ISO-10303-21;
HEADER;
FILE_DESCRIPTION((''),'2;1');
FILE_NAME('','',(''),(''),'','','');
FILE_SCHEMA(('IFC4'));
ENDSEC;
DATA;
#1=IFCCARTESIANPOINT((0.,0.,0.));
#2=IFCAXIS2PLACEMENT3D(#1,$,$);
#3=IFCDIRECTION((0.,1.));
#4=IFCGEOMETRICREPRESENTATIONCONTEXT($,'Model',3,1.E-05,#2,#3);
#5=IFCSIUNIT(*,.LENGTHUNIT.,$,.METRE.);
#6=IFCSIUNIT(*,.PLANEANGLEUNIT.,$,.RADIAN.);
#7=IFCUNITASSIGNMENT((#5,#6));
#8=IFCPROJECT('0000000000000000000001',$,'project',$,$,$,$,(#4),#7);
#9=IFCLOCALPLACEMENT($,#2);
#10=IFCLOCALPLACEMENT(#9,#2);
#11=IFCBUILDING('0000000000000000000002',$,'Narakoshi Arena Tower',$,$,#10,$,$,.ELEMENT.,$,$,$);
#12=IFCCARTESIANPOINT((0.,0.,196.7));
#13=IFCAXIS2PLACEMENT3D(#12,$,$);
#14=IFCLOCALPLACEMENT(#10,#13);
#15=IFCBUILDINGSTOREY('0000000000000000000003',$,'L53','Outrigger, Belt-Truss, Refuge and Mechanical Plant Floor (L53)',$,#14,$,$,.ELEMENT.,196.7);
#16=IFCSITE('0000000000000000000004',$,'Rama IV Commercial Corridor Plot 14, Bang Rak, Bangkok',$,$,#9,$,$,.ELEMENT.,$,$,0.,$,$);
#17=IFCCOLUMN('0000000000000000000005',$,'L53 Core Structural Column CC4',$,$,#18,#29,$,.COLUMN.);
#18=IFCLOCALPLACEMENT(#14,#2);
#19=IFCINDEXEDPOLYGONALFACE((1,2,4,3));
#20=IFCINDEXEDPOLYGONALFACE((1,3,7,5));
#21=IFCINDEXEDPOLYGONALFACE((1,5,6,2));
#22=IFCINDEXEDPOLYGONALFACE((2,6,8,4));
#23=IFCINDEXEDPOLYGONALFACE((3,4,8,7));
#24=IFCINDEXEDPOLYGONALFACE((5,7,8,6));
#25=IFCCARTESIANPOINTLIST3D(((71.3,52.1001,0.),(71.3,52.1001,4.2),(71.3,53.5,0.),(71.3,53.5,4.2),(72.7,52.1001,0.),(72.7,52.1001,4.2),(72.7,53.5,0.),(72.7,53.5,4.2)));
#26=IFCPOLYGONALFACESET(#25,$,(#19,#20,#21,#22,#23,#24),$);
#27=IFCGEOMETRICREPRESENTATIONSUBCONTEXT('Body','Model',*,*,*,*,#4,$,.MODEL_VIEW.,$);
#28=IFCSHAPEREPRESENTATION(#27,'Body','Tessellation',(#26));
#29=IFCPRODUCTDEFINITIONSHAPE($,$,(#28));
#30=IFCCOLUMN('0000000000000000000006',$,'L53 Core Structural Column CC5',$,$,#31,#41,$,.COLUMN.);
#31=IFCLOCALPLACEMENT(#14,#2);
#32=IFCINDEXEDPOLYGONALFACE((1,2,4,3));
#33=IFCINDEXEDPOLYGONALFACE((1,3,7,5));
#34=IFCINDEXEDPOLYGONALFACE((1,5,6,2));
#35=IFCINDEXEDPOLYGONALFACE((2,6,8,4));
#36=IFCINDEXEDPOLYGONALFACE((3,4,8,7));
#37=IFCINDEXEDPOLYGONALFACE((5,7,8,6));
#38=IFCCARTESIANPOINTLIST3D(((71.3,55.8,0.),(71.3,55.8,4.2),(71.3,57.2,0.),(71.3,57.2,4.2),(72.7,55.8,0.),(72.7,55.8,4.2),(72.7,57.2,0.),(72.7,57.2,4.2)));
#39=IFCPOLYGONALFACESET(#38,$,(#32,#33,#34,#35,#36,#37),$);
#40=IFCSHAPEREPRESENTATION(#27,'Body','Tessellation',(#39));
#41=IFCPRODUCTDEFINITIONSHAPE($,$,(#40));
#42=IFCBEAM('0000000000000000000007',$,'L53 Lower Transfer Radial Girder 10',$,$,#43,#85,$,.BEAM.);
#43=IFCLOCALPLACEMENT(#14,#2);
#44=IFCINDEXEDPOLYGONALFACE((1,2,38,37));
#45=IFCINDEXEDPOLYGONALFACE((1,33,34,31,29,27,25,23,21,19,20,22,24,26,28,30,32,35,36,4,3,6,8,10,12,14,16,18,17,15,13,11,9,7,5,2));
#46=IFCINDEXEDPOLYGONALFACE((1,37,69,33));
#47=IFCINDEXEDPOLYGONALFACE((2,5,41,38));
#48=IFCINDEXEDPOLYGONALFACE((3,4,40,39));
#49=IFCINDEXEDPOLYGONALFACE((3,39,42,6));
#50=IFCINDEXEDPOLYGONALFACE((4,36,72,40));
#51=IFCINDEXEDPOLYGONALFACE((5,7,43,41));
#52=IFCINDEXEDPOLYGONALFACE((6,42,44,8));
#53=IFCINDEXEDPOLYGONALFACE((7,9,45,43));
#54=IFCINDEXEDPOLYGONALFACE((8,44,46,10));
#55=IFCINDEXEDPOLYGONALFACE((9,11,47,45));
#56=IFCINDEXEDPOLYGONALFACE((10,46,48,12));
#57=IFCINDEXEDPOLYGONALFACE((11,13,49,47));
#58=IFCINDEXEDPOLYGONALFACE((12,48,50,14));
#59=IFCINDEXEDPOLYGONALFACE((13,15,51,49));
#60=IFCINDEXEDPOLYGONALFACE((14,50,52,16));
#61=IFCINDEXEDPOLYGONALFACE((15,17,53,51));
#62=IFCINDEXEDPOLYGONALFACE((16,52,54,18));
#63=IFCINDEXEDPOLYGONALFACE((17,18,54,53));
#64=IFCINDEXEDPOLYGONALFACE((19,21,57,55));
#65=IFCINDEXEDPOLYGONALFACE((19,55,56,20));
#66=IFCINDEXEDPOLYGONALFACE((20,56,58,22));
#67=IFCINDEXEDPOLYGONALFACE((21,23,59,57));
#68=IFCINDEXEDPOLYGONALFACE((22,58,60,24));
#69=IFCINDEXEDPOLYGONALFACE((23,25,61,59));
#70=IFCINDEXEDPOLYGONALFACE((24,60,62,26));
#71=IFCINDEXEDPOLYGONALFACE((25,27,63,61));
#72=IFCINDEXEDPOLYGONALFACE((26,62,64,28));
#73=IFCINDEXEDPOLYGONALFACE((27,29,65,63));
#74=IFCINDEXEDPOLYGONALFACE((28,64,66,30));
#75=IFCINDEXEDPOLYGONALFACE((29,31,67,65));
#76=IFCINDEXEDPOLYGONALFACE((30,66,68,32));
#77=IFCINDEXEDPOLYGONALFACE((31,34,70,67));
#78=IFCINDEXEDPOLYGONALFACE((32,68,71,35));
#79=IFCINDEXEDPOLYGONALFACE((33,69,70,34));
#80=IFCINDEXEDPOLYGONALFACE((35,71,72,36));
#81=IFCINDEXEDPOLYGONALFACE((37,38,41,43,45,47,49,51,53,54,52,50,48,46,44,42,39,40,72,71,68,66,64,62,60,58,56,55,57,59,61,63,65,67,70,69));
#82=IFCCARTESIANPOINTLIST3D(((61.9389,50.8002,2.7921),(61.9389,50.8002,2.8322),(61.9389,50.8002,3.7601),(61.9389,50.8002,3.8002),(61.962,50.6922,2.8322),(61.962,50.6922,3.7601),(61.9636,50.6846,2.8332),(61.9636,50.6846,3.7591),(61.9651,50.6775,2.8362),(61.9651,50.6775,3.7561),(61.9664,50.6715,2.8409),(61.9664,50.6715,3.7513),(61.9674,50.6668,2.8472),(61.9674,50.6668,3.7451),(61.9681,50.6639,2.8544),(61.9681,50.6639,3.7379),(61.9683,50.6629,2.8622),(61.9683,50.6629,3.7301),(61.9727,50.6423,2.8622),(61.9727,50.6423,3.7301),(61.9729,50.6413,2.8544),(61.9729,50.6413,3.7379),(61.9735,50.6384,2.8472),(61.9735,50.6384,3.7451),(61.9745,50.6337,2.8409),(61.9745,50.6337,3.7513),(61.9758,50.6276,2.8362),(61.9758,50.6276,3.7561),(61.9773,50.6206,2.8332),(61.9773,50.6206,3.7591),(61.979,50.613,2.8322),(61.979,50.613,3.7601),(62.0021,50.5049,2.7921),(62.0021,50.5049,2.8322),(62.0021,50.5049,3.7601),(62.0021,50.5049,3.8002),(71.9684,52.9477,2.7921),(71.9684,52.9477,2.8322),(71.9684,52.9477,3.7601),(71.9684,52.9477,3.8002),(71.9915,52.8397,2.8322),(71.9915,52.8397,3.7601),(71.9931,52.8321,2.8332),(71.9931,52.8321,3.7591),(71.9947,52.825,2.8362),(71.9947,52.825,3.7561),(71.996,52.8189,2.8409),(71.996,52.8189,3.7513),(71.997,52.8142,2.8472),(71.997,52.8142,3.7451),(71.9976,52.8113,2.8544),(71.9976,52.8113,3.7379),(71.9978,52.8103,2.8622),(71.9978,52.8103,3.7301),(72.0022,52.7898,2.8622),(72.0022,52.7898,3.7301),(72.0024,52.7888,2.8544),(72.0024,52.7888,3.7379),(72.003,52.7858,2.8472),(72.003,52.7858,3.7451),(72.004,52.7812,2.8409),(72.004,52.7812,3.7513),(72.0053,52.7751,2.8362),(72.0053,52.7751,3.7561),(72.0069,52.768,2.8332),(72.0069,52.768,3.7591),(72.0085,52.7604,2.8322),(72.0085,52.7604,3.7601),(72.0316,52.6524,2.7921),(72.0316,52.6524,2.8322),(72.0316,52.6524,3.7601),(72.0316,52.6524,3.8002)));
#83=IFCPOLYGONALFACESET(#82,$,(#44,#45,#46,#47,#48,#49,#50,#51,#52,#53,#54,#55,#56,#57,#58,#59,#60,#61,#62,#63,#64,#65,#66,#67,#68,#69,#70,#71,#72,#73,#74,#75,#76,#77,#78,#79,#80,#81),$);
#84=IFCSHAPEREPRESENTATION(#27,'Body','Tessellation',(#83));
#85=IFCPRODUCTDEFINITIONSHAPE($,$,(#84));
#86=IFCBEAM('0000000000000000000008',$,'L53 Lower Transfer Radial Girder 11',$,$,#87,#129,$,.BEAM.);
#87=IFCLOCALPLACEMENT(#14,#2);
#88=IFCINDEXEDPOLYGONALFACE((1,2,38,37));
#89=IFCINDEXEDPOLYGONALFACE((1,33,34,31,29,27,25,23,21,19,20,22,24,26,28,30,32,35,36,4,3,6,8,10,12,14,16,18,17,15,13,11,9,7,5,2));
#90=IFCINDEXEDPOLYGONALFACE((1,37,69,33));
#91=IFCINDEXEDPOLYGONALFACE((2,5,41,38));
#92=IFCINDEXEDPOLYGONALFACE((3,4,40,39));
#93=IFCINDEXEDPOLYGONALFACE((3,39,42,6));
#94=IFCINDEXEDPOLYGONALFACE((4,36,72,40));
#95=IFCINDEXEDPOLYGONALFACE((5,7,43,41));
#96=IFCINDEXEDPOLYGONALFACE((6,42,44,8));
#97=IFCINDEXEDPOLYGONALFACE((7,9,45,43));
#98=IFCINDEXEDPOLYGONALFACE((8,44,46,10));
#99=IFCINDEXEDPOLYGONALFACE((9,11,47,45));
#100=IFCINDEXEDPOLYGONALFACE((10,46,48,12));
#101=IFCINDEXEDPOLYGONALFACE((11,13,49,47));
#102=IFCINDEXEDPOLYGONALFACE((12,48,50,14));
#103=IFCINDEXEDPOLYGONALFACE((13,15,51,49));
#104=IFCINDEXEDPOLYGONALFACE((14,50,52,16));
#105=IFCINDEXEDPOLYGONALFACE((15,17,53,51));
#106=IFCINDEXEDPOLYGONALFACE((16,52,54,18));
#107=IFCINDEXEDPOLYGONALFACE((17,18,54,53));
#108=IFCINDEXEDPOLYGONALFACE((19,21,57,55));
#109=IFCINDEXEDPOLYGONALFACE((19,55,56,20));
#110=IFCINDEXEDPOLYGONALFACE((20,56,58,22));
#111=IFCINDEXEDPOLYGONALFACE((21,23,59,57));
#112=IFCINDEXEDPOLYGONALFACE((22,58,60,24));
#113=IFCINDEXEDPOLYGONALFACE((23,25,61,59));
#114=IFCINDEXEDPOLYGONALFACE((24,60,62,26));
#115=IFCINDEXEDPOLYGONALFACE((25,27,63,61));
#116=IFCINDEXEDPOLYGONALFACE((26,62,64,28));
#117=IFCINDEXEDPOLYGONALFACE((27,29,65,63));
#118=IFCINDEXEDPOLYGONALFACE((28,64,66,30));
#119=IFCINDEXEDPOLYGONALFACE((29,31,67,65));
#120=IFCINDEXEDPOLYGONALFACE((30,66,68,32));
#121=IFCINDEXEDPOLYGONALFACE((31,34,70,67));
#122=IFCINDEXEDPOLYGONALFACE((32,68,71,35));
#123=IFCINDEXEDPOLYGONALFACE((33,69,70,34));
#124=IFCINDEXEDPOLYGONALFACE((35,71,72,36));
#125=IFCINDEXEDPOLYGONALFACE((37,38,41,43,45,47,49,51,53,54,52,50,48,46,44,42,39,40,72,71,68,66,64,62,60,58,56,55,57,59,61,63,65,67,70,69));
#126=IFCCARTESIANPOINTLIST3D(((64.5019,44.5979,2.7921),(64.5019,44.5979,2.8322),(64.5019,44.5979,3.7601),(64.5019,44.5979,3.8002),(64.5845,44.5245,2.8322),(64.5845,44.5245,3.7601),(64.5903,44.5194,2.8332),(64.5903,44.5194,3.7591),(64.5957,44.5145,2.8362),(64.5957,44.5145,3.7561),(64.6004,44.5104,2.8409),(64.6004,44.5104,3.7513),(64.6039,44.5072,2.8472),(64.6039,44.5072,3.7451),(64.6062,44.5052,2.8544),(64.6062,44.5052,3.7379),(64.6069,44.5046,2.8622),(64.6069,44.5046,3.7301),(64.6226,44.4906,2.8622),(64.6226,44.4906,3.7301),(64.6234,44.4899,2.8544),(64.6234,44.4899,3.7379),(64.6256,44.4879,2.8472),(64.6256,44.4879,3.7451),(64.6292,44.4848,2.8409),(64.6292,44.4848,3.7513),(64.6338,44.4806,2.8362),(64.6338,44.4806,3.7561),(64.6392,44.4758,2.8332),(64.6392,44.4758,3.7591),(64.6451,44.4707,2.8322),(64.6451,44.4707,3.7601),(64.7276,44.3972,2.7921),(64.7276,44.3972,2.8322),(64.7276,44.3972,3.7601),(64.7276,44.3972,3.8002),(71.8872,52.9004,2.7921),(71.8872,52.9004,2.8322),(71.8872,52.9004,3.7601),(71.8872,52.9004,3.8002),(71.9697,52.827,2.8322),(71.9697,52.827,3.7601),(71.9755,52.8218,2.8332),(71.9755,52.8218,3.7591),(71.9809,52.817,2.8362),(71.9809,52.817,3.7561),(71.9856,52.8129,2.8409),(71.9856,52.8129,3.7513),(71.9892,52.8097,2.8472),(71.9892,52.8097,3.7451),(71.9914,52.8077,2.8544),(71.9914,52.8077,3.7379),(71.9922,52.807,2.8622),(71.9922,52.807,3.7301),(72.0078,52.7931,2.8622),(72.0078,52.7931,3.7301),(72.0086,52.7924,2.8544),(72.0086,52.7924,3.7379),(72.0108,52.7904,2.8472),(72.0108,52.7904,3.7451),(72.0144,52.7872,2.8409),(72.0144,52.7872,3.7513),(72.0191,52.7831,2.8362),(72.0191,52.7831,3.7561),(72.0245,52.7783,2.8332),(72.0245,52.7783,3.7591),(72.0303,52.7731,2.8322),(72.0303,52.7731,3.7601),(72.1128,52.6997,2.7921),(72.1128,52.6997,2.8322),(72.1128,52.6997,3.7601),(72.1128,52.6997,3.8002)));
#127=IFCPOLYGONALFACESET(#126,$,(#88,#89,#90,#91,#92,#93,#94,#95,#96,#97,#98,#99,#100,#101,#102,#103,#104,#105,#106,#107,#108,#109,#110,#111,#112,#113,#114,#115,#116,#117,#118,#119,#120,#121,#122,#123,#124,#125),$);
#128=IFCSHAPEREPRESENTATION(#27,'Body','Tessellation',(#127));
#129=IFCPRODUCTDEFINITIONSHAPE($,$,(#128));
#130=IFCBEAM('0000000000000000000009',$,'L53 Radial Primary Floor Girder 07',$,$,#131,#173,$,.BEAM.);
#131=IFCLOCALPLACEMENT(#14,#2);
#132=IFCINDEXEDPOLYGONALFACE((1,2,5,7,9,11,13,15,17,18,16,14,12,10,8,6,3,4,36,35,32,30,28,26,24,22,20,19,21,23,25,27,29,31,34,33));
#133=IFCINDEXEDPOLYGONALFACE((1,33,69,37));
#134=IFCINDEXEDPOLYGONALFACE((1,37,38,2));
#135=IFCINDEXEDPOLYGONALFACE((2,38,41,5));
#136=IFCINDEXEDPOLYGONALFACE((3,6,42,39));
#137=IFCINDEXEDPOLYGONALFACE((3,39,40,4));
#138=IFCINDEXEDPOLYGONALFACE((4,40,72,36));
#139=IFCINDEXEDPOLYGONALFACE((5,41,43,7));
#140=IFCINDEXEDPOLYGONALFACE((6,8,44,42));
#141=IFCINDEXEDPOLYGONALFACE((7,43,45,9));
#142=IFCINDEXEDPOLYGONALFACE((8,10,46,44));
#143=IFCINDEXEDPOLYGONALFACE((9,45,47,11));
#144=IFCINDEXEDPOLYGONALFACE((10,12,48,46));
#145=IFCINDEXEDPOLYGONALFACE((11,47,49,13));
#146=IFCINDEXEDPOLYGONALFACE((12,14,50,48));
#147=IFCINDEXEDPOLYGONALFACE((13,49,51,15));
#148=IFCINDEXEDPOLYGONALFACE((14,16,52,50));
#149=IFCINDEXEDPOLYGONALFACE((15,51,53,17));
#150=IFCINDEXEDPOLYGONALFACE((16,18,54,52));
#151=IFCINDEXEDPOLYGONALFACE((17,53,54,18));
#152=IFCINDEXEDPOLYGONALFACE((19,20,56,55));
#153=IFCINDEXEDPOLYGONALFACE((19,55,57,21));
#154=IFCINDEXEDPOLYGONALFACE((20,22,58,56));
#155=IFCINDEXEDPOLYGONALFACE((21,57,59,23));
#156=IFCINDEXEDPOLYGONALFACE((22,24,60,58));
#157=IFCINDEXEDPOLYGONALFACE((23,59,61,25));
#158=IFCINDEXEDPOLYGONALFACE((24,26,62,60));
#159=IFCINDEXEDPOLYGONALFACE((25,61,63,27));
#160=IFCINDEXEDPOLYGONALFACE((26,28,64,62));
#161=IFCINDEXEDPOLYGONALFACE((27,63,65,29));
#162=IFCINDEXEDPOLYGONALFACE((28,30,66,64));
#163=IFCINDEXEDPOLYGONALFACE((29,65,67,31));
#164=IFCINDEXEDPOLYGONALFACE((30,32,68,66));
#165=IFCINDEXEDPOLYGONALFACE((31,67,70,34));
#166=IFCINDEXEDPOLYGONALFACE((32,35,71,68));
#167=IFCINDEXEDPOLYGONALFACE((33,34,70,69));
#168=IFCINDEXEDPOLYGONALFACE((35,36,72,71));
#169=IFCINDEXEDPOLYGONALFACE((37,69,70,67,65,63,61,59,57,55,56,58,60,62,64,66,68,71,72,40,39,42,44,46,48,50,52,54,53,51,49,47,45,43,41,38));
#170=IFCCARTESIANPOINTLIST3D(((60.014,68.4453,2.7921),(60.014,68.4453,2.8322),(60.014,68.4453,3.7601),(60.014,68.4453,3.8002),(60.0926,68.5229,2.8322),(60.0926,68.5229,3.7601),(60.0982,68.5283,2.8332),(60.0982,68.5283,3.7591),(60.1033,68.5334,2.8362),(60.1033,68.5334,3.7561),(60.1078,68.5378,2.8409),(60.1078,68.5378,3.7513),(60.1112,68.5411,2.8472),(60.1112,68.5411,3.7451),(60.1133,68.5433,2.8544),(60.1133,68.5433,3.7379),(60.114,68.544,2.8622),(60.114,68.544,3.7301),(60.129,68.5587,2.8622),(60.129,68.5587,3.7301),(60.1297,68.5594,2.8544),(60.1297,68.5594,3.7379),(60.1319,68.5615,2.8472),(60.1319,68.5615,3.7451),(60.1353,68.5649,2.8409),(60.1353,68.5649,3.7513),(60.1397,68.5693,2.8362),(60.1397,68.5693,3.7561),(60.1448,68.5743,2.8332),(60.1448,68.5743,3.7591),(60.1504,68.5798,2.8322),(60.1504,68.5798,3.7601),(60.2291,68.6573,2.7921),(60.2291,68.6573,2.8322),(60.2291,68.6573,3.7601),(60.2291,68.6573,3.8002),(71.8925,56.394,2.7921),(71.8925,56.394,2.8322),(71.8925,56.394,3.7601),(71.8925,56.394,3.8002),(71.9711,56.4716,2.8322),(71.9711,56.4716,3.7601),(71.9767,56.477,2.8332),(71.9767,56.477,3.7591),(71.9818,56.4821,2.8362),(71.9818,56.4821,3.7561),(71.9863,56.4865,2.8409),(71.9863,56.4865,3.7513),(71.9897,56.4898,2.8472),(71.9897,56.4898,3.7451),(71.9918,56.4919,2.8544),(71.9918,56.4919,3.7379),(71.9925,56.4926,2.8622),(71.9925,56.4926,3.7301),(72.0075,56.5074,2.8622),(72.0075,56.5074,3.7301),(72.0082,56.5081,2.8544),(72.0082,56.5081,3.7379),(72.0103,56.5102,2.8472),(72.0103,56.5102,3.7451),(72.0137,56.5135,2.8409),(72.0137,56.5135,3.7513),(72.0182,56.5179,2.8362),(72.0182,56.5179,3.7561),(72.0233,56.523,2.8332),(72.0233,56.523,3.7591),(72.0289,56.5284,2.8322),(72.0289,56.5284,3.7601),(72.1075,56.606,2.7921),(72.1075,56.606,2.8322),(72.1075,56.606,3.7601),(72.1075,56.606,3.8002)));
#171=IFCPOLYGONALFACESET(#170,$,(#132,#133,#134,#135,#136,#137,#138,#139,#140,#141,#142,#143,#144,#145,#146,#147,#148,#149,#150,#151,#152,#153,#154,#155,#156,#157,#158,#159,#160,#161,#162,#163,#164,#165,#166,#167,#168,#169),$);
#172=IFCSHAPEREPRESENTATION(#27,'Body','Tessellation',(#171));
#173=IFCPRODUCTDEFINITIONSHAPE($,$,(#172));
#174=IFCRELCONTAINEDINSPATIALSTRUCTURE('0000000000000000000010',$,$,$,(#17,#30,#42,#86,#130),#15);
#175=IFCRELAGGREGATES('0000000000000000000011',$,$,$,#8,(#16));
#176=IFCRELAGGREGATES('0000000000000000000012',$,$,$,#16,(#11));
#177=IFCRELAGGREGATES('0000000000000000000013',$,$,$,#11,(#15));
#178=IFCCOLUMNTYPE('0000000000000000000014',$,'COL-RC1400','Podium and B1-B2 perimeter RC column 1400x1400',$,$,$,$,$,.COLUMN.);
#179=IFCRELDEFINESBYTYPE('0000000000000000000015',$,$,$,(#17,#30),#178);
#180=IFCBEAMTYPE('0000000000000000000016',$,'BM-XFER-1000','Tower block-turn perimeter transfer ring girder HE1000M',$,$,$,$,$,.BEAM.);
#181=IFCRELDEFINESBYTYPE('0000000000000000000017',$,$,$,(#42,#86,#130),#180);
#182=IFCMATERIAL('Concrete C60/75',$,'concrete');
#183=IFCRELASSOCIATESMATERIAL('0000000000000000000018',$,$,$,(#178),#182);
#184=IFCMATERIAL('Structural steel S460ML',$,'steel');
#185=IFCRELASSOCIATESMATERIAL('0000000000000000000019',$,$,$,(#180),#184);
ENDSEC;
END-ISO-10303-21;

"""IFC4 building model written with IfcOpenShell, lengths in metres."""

from ifc_helpers import new_model, si_unit, direction, frame, origin, origin_2d, place, context, subcontext, project, spatial, rectangle, i_section, extrude, material, material_profile, profile_set, type_object, element, save


model = new_model("IFC4")

# Units and contexts
model_context = context("Model", 3, precision=1e-05, world=origin(), true_north=direction((0.0, 1.0)))
body_context = subcontext(model_context, "Body", "Model", "MODEL_VIEW")
ifc_project = project(units=[si_unit("LENGTHUNIT", "METRE"), si_unit("PLANEANGLEUNIT", "RADIAN")], contexts=[model_context])

# Site, building, storey
site_placement = place(None, origin())
site = spatial("IfcSite", under=ifc_project, at=site_placement, Name="Rama IV Commercial Corridor Plot 14, Bang Rak, Bangkok", CompositionType="ELEMENT", RefElevation=0.0)
building_placement = place(site_placement, origin())
building = spatial("IfcBuilding", under=site, at=building_placement, Name="Narakoshi Arena Tower", CompositionType="ELEMENT")
storey_placement = place(building_placement, frame((0.0, 0.0, 196.7)))
storey = spatial("IfcBuildingStorey", under=building, at=storey_placement, Name="L53", Description="Outrigger, Belt-Truss, Refuge and Mechanical Plant Floor (L53)", CompositionType="ELEMENT", Elevation=196.7)

# Columns
ifc_material_1 = material(Name="Concrete C60/75", Category="concrete")
ifc_material_profile_1 = material_profile(ifc_material_1, rectangle(XDim=1.3999, YDim=1.3999, at=origin_2d()), Name="RC1400x1400")
ifc_profile_set_1 = profile_set([ifc_material_profile_1], Name="Concrete C60/75")
column_type = type_object("IfcColumnType", Name="COL-RC1400", Description="Podium and B1-B2 perimeter RC column 1400x1400", PredefinedType="COLUMN", material=ifc_profile_set_1)
for number, where, z_axis, x_axis, name in (
    (1, (72.0, 52.8, 0.0), (0.0, 0.0, 1.0), (1.0, 0.0, 0.0), "L53 Core Structural Column CC4"),
    (2, (72.0, 56.5, 0.0), (0.0, 0.0, 1.0), (1.0, 0.0, 0.0), "L53 Core Structural Column CC5"),
):
    element("IfcColumn", number, at=place(storey_placement, frame(where, z_axis=z_axis, x_axis=x_axis)), inside=storey, type_object=column_type, Name=name, PredefinedType="COLUMN", context=body_context, shape_type="SweptSolid", body=[
        extrude(rectangle(XDim=1.3999, YDim=1.3999, at=origin_2d()), origin(), (0.0, 0.0, 1.0), 4.2),
    ])

# Beams
ifc_material_2 = material(Name="Structural steel S460ML", Category="steel")
ifc_material_profile_2 = material_profile(ifc_material_2, i_section(OverallWidth=0.302, OverallDepth=1.0081, WebThickness=0.021, FlangeThickness=0.04, FilletRadius=0.03, at=origin_2d()), Name="HE1000M")
ifc_profile_set_2 = profile_set([ifc_material_profile_2], Name="Structural steel S460ML")
beam_type = type_object("IfcBeamType", Name="BM-XFER-1000", Description="Tower block-turn perimeter transfer ring girder HE1000M", PredefinedType="BEAM", material=ifc_profile_set_2)
beam_1_placement = place(storey_placement, frame((72.0, 52.8, 3.2961), z_axis=(-0.977837, -0.209368, 0.0), x_axis=(0.209368, -0.977837, 0.0)))
element("IfcBeam", 3, at=beam_1_placement, inside=storey, type_object=beam_type, Name="L53 Lower Transfer Radial Girder 10", PredefinedType="BEAM", context=body_context, shape_type="SweptSolid", body=[
    extrude(i_section(OverallWidth=0.302, OverallDepth=1.0081, WebThickness=0.021, FlangeThickness=0.04, FilletRadius=0.03, at=origin_2d()), origin(), (0.0, 0.0, 1.0), 10.2568),
])
beam_2_placement = place(storey_placement, frame((72.0, 52.8, 3.2961), z_axis=(-0.664628, -0.747174, 0.0), x_axis=(0.747174, -0.664628, 0.0)))
element("IfcBeam", 4, at=beam_2_placement, inside=storey, type_object=beam_type, Name="L53 Lower Transfer Radial Girder 11", PredefinedType="BEAM", context=body_context, shape_type="SweptSolid", body=[
    extrude(i_section(OverallWidth=0.302, OverallDepth=1.0081, WebThickness=0.021, FlangeThickness=0.04, FilletRadius=0.03, at=origin_2d()), origin(), (0.0, 0.0, 1.0), 11.1118),
])
beam_3_placement = place(storey_placement, frame((72.0, 56.5, 3.2961), z_axis=(-0.701981, 0.712196, 0.0), x_axis=(-0.712196, -0.701981, 0.0)))
element("IfcBeam", 5, at=beam_3_placement, inside=storey, type_object=beam_type, Name="L53 Radial Primary Floor Girder 07", PredefinedType="BEAM", context=body_context, shape_type="SweptSolid", body=[
    extrude(i_section(OverallWidth=0.302, OverallDepth=1.0081, WebThickness=0.021, FlangeThickness=0.04, FilletRadius=0.03, at=origin_2d()), origin(), (0.0, 0.0, 1.0), 16.9214),
])

save(model, "model.ifc")
